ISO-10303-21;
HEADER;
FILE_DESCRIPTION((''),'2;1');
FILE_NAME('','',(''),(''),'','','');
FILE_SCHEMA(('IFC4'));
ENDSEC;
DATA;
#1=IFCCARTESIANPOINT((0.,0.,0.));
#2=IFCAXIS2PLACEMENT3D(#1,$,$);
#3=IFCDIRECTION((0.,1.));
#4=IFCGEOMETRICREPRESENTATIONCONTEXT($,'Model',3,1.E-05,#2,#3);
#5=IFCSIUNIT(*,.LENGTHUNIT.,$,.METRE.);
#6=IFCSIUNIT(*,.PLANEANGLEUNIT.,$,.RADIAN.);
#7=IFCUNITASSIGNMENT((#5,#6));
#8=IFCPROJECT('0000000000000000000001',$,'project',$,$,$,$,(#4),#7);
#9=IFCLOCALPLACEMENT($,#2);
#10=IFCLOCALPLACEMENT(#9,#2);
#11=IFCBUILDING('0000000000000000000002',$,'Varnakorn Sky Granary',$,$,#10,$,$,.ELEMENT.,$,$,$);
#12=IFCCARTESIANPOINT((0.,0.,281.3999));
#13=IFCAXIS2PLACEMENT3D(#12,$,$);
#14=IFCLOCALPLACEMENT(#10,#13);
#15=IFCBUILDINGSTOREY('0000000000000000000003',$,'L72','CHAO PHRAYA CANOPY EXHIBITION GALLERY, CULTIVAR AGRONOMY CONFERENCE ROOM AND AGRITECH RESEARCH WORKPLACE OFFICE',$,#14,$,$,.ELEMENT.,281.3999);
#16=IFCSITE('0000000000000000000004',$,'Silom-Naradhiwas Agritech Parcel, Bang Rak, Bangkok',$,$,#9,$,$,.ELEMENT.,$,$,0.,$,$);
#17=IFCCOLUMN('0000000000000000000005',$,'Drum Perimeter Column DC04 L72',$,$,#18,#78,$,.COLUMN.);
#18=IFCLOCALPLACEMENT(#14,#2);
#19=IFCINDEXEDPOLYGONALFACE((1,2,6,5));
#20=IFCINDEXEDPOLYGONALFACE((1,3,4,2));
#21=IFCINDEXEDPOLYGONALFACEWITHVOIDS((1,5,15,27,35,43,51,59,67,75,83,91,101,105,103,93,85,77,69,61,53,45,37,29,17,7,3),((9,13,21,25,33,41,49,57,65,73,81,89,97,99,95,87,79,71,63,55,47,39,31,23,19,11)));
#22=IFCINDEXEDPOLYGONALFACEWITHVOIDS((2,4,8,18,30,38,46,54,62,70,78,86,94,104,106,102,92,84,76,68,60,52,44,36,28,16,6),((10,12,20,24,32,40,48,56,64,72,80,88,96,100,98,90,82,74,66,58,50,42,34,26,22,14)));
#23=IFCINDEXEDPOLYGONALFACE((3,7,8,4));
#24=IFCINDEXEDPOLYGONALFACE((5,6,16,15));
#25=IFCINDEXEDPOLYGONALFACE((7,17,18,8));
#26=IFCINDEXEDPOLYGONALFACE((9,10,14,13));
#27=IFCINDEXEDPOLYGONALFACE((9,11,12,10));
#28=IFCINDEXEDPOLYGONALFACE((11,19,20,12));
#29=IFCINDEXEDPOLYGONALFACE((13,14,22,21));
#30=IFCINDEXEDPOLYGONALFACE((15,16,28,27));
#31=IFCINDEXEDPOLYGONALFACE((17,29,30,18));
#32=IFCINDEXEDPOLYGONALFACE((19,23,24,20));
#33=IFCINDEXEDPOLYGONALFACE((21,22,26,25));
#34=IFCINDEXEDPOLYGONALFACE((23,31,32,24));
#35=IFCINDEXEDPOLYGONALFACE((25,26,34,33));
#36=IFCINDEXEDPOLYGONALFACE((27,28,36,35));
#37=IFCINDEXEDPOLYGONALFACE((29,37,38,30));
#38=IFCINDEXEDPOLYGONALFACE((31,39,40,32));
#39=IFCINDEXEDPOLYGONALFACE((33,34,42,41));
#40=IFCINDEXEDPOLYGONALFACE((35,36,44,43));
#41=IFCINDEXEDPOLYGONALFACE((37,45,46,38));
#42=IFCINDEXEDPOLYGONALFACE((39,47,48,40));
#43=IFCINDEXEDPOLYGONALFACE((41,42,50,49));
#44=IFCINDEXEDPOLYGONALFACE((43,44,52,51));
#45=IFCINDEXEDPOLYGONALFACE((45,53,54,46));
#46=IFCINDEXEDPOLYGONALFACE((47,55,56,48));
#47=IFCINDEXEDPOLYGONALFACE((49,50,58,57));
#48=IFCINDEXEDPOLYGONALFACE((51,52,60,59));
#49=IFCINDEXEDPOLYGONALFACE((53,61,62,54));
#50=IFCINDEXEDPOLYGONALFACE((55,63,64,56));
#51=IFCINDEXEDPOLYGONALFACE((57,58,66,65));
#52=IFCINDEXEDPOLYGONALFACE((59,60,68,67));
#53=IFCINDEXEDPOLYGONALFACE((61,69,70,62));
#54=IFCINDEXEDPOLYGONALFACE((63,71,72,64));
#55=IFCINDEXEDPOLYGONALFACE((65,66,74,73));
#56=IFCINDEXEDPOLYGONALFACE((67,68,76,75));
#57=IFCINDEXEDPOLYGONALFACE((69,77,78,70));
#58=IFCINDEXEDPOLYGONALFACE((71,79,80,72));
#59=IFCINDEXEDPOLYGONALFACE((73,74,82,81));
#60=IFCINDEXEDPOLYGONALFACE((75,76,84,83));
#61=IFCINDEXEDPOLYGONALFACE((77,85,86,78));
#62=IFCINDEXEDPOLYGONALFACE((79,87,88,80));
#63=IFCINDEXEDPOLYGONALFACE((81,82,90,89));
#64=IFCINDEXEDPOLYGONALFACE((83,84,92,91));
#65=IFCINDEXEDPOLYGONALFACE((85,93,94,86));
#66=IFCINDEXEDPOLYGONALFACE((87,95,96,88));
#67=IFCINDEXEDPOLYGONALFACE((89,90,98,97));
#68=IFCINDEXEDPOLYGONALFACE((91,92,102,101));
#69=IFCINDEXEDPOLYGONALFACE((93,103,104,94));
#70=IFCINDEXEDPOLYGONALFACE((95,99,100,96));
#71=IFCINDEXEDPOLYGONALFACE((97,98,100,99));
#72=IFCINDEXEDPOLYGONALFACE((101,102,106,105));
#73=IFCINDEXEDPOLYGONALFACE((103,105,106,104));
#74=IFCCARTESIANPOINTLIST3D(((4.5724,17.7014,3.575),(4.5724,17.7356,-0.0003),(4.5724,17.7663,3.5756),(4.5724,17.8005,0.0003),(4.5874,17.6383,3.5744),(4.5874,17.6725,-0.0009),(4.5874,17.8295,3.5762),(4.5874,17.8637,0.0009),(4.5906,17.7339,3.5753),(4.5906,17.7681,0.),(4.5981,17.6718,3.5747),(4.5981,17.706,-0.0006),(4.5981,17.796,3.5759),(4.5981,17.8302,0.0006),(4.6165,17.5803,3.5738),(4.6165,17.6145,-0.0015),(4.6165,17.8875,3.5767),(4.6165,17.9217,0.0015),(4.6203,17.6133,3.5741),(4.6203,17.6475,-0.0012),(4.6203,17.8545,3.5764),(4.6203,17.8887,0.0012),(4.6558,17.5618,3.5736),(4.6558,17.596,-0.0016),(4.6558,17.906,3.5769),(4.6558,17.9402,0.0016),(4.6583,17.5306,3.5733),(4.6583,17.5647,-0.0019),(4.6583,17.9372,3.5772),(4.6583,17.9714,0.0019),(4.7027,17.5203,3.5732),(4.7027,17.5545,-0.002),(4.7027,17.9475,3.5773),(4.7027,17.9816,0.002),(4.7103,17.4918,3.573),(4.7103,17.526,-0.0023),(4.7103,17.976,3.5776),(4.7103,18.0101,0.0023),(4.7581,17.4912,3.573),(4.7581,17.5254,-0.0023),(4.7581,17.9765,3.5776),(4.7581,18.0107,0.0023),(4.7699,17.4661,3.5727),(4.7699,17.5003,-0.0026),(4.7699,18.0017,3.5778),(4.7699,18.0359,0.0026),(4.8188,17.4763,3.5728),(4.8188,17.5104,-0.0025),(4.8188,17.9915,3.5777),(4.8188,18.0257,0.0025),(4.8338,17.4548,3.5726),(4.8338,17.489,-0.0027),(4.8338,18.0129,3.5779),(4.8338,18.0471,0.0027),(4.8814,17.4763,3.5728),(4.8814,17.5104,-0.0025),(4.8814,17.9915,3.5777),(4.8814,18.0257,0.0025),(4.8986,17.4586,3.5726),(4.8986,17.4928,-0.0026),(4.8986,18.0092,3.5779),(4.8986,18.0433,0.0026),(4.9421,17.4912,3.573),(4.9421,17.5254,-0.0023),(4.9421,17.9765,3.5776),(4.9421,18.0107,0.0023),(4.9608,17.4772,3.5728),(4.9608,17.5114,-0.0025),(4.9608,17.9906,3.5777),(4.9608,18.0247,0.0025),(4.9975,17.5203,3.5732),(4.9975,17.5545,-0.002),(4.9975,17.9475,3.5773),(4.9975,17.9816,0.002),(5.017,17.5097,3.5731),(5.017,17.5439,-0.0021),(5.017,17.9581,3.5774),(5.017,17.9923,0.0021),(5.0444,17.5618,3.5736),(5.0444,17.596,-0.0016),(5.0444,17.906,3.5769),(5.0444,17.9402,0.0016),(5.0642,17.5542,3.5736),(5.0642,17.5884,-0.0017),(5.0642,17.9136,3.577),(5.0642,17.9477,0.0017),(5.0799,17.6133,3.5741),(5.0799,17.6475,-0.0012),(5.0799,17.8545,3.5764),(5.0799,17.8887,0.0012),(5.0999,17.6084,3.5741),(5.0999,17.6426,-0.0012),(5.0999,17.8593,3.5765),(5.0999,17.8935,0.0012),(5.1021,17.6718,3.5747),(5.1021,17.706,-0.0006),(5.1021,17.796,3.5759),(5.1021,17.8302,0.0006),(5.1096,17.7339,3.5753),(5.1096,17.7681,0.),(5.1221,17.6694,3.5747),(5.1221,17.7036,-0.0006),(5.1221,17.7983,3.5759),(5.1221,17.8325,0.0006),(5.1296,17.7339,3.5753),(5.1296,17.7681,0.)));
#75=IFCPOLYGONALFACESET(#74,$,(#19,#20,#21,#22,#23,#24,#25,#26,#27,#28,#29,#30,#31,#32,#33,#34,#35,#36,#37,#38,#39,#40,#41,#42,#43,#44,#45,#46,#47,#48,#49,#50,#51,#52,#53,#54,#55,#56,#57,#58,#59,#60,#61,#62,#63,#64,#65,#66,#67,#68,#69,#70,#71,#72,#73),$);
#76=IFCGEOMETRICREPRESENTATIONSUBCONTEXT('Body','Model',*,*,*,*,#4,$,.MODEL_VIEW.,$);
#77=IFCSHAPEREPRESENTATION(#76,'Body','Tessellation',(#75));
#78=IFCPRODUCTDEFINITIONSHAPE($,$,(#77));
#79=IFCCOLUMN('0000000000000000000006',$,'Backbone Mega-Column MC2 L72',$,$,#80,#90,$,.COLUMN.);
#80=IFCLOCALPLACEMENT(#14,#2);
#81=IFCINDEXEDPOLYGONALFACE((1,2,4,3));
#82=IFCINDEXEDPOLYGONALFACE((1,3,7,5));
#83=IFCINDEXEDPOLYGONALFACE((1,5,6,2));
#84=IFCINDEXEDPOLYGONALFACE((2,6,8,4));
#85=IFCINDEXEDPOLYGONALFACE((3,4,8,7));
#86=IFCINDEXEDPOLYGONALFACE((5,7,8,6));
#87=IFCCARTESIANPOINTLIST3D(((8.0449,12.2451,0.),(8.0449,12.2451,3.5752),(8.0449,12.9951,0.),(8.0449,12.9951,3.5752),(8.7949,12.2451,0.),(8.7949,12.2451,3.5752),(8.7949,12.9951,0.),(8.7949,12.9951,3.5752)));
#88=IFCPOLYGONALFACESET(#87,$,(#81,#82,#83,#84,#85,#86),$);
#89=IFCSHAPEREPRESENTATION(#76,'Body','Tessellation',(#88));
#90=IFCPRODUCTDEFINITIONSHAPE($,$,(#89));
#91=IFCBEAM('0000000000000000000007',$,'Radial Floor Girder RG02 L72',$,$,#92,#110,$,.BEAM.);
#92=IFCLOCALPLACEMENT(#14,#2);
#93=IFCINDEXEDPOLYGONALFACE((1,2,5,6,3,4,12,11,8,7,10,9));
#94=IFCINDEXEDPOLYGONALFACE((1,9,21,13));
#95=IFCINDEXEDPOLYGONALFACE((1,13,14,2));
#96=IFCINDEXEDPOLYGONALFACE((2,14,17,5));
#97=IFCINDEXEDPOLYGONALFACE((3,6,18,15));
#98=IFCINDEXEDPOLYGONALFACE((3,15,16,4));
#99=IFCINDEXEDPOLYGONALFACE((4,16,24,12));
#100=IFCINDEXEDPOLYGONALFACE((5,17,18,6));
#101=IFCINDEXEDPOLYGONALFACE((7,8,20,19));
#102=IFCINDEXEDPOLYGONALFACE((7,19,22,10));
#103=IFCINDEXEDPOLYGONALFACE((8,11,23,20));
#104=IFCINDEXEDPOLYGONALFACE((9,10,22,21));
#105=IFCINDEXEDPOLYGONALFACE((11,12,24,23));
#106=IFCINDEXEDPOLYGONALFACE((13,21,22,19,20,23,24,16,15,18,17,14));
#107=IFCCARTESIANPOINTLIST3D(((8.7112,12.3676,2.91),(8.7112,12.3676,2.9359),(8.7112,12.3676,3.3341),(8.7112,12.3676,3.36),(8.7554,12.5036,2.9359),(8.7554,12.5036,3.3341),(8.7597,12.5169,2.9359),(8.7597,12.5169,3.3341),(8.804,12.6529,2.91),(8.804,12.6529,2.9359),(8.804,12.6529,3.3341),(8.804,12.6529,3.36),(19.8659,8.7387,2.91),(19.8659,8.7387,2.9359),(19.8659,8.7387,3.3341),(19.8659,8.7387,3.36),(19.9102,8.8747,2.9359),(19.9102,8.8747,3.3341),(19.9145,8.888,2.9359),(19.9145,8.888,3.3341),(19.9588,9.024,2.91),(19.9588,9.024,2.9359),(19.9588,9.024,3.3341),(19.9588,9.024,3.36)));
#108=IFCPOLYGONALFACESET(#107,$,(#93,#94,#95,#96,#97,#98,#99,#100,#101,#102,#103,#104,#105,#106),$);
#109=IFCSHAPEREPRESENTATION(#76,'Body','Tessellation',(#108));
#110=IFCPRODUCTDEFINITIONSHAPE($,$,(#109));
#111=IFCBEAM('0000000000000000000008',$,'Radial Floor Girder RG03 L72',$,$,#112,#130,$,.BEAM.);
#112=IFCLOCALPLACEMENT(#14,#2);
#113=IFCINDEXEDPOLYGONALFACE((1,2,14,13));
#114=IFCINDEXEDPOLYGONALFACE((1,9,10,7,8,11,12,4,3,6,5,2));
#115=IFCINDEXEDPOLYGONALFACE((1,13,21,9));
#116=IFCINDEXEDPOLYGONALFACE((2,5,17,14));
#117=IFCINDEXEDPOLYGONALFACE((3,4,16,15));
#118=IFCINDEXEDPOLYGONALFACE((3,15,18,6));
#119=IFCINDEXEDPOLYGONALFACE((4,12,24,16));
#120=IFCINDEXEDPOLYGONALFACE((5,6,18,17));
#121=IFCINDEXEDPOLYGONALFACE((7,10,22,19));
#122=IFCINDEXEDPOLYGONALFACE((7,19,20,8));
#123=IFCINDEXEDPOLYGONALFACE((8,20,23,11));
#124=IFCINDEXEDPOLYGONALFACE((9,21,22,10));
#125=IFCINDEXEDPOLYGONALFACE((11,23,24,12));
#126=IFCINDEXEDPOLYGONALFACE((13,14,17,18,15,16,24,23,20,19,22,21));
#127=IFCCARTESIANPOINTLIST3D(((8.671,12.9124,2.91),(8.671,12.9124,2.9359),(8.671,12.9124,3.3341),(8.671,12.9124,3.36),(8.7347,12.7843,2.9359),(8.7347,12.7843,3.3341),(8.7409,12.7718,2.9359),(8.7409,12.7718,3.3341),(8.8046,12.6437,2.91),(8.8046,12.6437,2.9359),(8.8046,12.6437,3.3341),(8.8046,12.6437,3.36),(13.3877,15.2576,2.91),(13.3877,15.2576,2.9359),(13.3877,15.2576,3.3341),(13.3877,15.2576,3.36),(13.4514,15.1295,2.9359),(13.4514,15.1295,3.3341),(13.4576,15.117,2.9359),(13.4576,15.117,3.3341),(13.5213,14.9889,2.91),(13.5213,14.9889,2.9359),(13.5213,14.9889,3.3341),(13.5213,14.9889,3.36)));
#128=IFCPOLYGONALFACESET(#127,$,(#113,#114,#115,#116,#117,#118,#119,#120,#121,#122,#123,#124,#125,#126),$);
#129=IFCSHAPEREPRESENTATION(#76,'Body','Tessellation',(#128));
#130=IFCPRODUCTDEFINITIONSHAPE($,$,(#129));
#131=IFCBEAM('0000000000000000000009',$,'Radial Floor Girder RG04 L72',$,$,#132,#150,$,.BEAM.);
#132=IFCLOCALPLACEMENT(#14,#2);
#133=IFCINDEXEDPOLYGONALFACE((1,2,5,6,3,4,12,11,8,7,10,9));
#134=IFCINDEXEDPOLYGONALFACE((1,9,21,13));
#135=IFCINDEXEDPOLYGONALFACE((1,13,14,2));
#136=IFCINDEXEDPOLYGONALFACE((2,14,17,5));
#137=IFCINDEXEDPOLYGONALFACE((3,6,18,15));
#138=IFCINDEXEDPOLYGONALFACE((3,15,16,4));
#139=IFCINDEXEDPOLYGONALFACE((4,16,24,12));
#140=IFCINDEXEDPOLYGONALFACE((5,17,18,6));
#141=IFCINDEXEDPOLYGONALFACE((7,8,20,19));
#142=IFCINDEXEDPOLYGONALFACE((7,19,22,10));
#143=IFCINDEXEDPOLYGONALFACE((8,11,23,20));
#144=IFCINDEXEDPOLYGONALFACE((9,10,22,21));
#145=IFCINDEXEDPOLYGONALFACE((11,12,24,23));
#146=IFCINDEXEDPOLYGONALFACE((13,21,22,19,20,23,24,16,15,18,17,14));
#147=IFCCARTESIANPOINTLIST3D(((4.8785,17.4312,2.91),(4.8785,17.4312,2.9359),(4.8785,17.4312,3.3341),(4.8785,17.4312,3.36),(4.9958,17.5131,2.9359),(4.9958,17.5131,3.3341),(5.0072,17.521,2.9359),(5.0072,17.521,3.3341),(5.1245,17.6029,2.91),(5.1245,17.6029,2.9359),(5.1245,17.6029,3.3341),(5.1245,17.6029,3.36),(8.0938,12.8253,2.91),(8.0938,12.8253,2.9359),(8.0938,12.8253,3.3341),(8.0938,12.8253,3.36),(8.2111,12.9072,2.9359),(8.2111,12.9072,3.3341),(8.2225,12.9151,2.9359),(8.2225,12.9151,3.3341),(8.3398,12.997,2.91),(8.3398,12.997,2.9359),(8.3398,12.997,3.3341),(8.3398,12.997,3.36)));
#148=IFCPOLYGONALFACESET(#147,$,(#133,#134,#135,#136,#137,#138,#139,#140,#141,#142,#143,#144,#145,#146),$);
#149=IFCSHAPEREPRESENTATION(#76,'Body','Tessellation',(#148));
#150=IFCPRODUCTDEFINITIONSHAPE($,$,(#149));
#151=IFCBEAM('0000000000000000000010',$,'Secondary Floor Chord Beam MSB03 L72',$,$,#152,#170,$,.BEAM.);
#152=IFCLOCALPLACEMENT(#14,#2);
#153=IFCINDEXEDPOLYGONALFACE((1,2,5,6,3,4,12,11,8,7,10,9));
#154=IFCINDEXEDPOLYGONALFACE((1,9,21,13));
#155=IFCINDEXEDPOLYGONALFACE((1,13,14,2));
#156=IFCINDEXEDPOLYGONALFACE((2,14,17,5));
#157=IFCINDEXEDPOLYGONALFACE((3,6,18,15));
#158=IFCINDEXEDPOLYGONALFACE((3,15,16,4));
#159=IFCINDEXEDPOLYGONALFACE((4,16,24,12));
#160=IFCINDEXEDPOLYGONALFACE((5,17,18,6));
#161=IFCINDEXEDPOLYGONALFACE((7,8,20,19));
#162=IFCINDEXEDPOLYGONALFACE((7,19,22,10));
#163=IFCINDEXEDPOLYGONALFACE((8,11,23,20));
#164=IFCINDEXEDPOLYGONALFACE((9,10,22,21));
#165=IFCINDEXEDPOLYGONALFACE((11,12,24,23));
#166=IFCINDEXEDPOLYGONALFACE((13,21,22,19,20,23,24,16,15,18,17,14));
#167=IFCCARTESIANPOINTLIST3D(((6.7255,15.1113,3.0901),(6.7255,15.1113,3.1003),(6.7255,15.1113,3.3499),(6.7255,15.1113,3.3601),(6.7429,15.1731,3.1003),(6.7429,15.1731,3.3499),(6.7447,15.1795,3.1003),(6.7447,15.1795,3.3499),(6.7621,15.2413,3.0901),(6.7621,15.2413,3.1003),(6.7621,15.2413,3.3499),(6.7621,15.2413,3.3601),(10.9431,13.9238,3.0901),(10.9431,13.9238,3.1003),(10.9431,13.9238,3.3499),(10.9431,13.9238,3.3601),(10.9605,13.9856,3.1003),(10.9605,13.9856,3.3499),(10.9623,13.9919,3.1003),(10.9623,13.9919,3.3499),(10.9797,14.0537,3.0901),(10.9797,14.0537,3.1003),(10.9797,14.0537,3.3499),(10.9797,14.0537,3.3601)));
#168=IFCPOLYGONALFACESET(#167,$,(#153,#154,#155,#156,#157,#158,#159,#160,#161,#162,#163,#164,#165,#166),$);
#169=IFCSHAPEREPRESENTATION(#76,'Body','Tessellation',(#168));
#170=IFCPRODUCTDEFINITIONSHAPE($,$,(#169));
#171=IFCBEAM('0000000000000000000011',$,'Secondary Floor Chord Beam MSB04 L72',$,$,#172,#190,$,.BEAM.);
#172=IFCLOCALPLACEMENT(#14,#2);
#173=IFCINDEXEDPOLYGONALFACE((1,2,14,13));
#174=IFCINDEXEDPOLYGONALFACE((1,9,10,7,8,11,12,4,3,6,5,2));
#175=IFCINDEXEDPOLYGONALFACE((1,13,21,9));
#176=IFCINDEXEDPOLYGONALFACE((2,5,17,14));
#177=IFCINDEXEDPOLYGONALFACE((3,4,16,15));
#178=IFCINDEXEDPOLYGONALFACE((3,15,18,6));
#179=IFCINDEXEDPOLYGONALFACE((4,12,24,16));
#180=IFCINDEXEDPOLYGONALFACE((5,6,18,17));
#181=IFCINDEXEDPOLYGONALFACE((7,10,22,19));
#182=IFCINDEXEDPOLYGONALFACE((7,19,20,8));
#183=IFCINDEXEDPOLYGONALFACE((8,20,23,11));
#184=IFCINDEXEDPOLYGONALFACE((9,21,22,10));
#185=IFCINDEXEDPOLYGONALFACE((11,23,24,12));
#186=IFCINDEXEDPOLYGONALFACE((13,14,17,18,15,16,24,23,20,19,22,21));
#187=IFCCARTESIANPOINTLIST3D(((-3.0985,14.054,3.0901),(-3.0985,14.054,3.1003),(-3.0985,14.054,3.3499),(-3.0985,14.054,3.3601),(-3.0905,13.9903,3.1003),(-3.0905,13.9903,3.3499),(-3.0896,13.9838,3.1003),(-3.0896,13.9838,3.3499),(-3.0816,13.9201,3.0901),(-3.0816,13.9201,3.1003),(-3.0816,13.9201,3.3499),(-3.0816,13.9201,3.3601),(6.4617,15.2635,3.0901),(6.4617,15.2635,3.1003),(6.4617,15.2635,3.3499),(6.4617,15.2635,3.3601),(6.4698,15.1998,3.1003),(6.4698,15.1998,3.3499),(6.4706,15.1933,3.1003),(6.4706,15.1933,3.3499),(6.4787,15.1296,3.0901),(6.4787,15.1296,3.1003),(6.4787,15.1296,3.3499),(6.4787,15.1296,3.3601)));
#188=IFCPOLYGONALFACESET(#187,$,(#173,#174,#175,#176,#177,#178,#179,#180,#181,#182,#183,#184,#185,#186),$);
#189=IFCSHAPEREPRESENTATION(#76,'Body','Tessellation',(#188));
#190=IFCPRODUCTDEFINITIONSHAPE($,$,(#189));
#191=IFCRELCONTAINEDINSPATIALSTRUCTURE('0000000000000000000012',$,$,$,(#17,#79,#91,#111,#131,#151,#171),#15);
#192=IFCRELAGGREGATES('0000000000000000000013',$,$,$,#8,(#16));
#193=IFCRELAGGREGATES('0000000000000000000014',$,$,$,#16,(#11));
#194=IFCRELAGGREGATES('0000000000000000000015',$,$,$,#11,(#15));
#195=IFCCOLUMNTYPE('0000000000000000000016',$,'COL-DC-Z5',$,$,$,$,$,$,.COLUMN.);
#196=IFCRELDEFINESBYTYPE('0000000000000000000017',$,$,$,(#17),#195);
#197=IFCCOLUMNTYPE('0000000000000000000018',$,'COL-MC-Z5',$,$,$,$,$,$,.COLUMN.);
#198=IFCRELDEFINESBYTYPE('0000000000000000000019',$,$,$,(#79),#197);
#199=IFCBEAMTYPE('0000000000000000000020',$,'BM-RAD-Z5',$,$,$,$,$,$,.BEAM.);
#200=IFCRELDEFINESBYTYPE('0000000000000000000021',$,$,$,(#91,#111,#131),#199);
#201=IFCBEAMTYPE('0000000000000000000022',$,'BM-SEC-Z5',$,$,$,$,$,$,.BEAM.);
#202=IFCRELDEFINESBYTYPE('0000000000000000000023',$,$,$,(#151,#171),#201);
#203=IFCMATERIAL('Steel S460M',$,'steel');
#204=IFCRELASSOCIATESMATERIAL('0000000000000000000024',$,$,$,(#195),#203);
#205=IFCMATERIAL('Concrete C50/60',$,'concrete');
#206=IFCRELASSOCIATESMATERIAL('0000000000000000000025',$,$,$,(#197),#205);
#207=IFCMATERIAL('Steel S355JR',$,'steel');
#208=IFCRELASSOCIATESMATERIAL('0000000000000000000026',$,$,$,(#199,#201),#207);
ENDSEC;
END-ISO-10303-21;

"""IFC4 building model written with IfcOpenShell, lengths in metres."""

from ifc_helpers import new_model, si_unit, direction, frame, origin, origin_2d, place, context, subcontext, project, spatial, rectangle, hollow_circle, i_section, extrude, material, material_profile, profile_set, type_object, element, save


model = new_model("IFC4")

# Units and contexts
model_context = context("Model", 3, precision=1e-05, world=origin(), true_north=direction((0.0, 1.0)))
body_context = subcontext(model_context, "Body", "Model", "MODEL_VIEW")
ifc_project = project(units=[si_unit("LENGTHUNIT", "METRE"), si_unit("PLANEANGLEUNIT", "RADIAN")], contexts=[model_context])

# Site, building, storey
site_placement = place(None, origin())
site = spatial("IfcSite", under=ifc_project, at=site_placement, Name="Silom-Naradhiwas Agritech Parcel, Bang Rak, Bangkok", CompositionType="ELEMENT", RefElevation=0.0)
building_placement = place(site_placement, origin())
building = spatial("IfcBuilding", under=site, at=building_placement, Name="Varnakorn Sky Granary", CompositionType="ELEMENT")
storey_placement = place(building_placement, frame((0.0, 0.0, 281.3999)))
storey = spatial("IfcBuildingStorey", under=building, at=storey_placement, Name="L72", Description="CHAO PHRAYA CANOPY EXHIBITION GALLERY, CULTIVAR AGRONOMY CONFERENCE ROOM AND AGRITECH RESEARCH WORKPLACE OFFICE", CompositionType="ELEMENT", Elevation=281.3999)

# Columns
ifc_material_1 = material(Name="Steel S460M", Category="steel")
ifc_material_profile_1 = material_profile(ifc_material_1, hollow_circle(Radius=0.2795, WallThickness=0.02, at=origin_2d()), Name="CHS 559x20")
ifc_profile_set_1 = profile_set([ifc_material_profile_1], Name="Steel S460M")
column_type_1 = type_object("IfcColumnType", Name="COL-DC-Z5", PredefinedType="COLUMN", material=ifc_profile_set_1)
column_1_placement = place(storey_placement, frame((4.8501, 17.7681, 0.0), z_axis=(0.0, -0.00956, 0.999954), x_axis=(1.0, 0.0, 0.0)))
element("IfcColumn", 1, at=column_1_placement, inside=storey, type_object=column_type_1, Name="Drum Perimeter Column DC04 L72", PredefinedType="COLUMN", context=body_context, shape_type="SweptSolid", body=[
    extrude(hollow_circle(Radius=0.2795, WallThickness=0.02, at=origin_2d()), origin(), (0.0, 0.0, 1.0), 3.5754),
])
ifc_material_2 = material(Name="Concrete C50/60", Category="concrete")
ifc_material_profile_2 = material_profile(ifc_material_2, rectangle(XDim=0.75, YDim=0.75, at=origin_2d()), Name="RC 750x750")
ifc_profile_set_2 = profile_set([ifc_material_profile_2], Name="Concrete C50/60")
column_type_2 = type_object("IfcColumnType", Name="COL-MC-Z5", PredefinedType="COLUMN", material=ifc_profile_set_2)
column_2_placement = place(storey_placement, frame((8.4199, 12.6201, 0.0), z_axis=(0.0, 0.0, 1.0), x_axis=(1.0, 0.0, 0.0)))
element("IfcColumn", 2, at=column_2_placement, inside=storey, type_object=column_type_2, Name="Backbone Mega-Column MC2 L72", PredefinedType="COLUMN", context=body_context, shape_type="SweptSolid", body=[
    extrude(rectangle(XDim=0.75, YDim=0.75, at=origin_2d()), origin(), (0.0, 0.0, 1.0), 3.5752),
])

# Beams
ifc_material_3 = material(Name="Steel S355JR", Category="steel")
ifc_material_profile_3 = material_profile(ifc_material_3, i_section(OverallWidth=0.3, OverallDepth=0.45, WebThickness=0.0139, FlangeThickness=0.0259, at=origin_2d()), Name="HE 450 B")
ifc_profile_set_3 = profile_set([ifc_material_profile_3], Name="Steel S355JR")
beam_type_1 = type_object("IfcBeamType", Name="BM-RAD-Z5", PredefinedType="BEAM", material=ifc_profile_set_3)
beam_1_placement = place(storey_placement, frame((8.7576, 12.5103, 3.135), z_axis=(0.950944, -0.309364, 0.0), x_axis=(0.309364, 0.950944, 0.0)))
element("IfcBeam", 3, at=beam_1_placement, inside=storey, type_object=beam_type_1, Name="Radial Floor Girder RG02 L72", PredefinedType="BEAM", context=body_context, shape_type="SweptSolid", body=[
    extrude(i_section(OverallWidth=0.3, OverallDepth=0.45, WebThickness=0.0139, FlangeThickness=0.0259, at=origin_2d()), origin(), (0.0, 0.0, 1.0), 11.7302),
])
beam_2_placement = place(storey_placement, frame((8.7378, 12.7781, 3.135), z_axis=(0.895426, 0.44521, 0.0), x_axis=(-0.44521, 0.895426, 0.0)))
element("IfcBeam", 4, at=beam_2_placement, inside=storey, type_object=beam_type_1, Name="Radial Floor Girder RG03 L72", PredefinedType="BEAM", context=body_context, shape_type="SweptSolid", body=[
    extrude(i_section(OverallWidth=0.3, OverallDepth=0.45, WebThickness=0.0139, FlangeThickness=0.0259, at=origin_2d()), origin(), (0.0, 0.0, 1.0), 5.2676),
])
beam_3_placement = place(storey_placement, frame((8.2168, 12.9111, 3.135), z_axis=(-0.572406, 0.81997, 0.0), x_axis=(-0.81997, -0.572406, 0.0)))
element("IfcBeam", 5, at=beam_3_placement, inside=storey, type_object=beam_type_1, Name="Radial Floor Girder RG04 L72", PredefinedType="BEAM", context=body_context, shape_type="SweptSolid", body=[
    extrude(i_section(OverallWidth=0.3, OverallDepth=0.45, WebThickness=0.0139, FlangeThickness=0.0259, at=origin_2d()), origin(), (0.0, 0.0, 1.0), 5.6172),
])
ifc_material_profile_4 = material_profile(ifc_material_3, i_section(OverallWidth=0.135, OverallDepth=0.27, WebThickness=0.0066, FlangeThickness=0.0103, at=origin_2d()), Name="IPE 270")
ifc_profile_set_4 = profile_set([ifc_material_profile_4], Name="Steel S355JR")
beam_type_2 = type_object("IfcBeamType", Name="BM-SEC-Z5", PredefinedType="BEAM", material=ifc_profile_set_4)
beam_4_placement = place(storey_placement, frame((10.9614, 13.9888, 3.2251), z_axis=(-0.962572, 0.271025, 0.0), x_axis=(-0.271025, -0.962572, 0.0)))
element("IfcBeam", 6, at=beam_4_placement, inside=storey, type_object=beam_type_2, Name="Secondary Floor Chord Beam MSB03 L72", PredefinedType="BEAM", context=body_context, shape_type="SweptSolid", body=[
    extrude(i_section(OverallWidth=0.135, OverallDepth=0.27, WebThickness=0.0066, FlangeThickness=0.0103, at=origin_2d()), origin(), (0.0, 0.0, 1.0), 4.3816),
])
beam_5_placement = place(storey_placement, frame((6.4702, 15.1965, 3.2251), z_axis=(-0.992092, -0.125509, 0.0), x_axis=(0.125509, -0.992092, 0.0)))
element("IfcBeam", 7, at=beam_5_placement, inside=storey, type_object=beam_type_2, Name="Secondary Floor Chord Beam MSB04 L72", PredefinedType="BEAM", context=body_context, shape_type="SweptSolid", body=[
    extrude(i_section(OverallWidth=0.135, OverallDepth=0.27, WebThickness=0.0066, FlangeThickness=0.0103, at=origin_2d()), origin(), (0.0, 0.0, 1.0), 9.6365),
])

save(model, "model.ifc")
